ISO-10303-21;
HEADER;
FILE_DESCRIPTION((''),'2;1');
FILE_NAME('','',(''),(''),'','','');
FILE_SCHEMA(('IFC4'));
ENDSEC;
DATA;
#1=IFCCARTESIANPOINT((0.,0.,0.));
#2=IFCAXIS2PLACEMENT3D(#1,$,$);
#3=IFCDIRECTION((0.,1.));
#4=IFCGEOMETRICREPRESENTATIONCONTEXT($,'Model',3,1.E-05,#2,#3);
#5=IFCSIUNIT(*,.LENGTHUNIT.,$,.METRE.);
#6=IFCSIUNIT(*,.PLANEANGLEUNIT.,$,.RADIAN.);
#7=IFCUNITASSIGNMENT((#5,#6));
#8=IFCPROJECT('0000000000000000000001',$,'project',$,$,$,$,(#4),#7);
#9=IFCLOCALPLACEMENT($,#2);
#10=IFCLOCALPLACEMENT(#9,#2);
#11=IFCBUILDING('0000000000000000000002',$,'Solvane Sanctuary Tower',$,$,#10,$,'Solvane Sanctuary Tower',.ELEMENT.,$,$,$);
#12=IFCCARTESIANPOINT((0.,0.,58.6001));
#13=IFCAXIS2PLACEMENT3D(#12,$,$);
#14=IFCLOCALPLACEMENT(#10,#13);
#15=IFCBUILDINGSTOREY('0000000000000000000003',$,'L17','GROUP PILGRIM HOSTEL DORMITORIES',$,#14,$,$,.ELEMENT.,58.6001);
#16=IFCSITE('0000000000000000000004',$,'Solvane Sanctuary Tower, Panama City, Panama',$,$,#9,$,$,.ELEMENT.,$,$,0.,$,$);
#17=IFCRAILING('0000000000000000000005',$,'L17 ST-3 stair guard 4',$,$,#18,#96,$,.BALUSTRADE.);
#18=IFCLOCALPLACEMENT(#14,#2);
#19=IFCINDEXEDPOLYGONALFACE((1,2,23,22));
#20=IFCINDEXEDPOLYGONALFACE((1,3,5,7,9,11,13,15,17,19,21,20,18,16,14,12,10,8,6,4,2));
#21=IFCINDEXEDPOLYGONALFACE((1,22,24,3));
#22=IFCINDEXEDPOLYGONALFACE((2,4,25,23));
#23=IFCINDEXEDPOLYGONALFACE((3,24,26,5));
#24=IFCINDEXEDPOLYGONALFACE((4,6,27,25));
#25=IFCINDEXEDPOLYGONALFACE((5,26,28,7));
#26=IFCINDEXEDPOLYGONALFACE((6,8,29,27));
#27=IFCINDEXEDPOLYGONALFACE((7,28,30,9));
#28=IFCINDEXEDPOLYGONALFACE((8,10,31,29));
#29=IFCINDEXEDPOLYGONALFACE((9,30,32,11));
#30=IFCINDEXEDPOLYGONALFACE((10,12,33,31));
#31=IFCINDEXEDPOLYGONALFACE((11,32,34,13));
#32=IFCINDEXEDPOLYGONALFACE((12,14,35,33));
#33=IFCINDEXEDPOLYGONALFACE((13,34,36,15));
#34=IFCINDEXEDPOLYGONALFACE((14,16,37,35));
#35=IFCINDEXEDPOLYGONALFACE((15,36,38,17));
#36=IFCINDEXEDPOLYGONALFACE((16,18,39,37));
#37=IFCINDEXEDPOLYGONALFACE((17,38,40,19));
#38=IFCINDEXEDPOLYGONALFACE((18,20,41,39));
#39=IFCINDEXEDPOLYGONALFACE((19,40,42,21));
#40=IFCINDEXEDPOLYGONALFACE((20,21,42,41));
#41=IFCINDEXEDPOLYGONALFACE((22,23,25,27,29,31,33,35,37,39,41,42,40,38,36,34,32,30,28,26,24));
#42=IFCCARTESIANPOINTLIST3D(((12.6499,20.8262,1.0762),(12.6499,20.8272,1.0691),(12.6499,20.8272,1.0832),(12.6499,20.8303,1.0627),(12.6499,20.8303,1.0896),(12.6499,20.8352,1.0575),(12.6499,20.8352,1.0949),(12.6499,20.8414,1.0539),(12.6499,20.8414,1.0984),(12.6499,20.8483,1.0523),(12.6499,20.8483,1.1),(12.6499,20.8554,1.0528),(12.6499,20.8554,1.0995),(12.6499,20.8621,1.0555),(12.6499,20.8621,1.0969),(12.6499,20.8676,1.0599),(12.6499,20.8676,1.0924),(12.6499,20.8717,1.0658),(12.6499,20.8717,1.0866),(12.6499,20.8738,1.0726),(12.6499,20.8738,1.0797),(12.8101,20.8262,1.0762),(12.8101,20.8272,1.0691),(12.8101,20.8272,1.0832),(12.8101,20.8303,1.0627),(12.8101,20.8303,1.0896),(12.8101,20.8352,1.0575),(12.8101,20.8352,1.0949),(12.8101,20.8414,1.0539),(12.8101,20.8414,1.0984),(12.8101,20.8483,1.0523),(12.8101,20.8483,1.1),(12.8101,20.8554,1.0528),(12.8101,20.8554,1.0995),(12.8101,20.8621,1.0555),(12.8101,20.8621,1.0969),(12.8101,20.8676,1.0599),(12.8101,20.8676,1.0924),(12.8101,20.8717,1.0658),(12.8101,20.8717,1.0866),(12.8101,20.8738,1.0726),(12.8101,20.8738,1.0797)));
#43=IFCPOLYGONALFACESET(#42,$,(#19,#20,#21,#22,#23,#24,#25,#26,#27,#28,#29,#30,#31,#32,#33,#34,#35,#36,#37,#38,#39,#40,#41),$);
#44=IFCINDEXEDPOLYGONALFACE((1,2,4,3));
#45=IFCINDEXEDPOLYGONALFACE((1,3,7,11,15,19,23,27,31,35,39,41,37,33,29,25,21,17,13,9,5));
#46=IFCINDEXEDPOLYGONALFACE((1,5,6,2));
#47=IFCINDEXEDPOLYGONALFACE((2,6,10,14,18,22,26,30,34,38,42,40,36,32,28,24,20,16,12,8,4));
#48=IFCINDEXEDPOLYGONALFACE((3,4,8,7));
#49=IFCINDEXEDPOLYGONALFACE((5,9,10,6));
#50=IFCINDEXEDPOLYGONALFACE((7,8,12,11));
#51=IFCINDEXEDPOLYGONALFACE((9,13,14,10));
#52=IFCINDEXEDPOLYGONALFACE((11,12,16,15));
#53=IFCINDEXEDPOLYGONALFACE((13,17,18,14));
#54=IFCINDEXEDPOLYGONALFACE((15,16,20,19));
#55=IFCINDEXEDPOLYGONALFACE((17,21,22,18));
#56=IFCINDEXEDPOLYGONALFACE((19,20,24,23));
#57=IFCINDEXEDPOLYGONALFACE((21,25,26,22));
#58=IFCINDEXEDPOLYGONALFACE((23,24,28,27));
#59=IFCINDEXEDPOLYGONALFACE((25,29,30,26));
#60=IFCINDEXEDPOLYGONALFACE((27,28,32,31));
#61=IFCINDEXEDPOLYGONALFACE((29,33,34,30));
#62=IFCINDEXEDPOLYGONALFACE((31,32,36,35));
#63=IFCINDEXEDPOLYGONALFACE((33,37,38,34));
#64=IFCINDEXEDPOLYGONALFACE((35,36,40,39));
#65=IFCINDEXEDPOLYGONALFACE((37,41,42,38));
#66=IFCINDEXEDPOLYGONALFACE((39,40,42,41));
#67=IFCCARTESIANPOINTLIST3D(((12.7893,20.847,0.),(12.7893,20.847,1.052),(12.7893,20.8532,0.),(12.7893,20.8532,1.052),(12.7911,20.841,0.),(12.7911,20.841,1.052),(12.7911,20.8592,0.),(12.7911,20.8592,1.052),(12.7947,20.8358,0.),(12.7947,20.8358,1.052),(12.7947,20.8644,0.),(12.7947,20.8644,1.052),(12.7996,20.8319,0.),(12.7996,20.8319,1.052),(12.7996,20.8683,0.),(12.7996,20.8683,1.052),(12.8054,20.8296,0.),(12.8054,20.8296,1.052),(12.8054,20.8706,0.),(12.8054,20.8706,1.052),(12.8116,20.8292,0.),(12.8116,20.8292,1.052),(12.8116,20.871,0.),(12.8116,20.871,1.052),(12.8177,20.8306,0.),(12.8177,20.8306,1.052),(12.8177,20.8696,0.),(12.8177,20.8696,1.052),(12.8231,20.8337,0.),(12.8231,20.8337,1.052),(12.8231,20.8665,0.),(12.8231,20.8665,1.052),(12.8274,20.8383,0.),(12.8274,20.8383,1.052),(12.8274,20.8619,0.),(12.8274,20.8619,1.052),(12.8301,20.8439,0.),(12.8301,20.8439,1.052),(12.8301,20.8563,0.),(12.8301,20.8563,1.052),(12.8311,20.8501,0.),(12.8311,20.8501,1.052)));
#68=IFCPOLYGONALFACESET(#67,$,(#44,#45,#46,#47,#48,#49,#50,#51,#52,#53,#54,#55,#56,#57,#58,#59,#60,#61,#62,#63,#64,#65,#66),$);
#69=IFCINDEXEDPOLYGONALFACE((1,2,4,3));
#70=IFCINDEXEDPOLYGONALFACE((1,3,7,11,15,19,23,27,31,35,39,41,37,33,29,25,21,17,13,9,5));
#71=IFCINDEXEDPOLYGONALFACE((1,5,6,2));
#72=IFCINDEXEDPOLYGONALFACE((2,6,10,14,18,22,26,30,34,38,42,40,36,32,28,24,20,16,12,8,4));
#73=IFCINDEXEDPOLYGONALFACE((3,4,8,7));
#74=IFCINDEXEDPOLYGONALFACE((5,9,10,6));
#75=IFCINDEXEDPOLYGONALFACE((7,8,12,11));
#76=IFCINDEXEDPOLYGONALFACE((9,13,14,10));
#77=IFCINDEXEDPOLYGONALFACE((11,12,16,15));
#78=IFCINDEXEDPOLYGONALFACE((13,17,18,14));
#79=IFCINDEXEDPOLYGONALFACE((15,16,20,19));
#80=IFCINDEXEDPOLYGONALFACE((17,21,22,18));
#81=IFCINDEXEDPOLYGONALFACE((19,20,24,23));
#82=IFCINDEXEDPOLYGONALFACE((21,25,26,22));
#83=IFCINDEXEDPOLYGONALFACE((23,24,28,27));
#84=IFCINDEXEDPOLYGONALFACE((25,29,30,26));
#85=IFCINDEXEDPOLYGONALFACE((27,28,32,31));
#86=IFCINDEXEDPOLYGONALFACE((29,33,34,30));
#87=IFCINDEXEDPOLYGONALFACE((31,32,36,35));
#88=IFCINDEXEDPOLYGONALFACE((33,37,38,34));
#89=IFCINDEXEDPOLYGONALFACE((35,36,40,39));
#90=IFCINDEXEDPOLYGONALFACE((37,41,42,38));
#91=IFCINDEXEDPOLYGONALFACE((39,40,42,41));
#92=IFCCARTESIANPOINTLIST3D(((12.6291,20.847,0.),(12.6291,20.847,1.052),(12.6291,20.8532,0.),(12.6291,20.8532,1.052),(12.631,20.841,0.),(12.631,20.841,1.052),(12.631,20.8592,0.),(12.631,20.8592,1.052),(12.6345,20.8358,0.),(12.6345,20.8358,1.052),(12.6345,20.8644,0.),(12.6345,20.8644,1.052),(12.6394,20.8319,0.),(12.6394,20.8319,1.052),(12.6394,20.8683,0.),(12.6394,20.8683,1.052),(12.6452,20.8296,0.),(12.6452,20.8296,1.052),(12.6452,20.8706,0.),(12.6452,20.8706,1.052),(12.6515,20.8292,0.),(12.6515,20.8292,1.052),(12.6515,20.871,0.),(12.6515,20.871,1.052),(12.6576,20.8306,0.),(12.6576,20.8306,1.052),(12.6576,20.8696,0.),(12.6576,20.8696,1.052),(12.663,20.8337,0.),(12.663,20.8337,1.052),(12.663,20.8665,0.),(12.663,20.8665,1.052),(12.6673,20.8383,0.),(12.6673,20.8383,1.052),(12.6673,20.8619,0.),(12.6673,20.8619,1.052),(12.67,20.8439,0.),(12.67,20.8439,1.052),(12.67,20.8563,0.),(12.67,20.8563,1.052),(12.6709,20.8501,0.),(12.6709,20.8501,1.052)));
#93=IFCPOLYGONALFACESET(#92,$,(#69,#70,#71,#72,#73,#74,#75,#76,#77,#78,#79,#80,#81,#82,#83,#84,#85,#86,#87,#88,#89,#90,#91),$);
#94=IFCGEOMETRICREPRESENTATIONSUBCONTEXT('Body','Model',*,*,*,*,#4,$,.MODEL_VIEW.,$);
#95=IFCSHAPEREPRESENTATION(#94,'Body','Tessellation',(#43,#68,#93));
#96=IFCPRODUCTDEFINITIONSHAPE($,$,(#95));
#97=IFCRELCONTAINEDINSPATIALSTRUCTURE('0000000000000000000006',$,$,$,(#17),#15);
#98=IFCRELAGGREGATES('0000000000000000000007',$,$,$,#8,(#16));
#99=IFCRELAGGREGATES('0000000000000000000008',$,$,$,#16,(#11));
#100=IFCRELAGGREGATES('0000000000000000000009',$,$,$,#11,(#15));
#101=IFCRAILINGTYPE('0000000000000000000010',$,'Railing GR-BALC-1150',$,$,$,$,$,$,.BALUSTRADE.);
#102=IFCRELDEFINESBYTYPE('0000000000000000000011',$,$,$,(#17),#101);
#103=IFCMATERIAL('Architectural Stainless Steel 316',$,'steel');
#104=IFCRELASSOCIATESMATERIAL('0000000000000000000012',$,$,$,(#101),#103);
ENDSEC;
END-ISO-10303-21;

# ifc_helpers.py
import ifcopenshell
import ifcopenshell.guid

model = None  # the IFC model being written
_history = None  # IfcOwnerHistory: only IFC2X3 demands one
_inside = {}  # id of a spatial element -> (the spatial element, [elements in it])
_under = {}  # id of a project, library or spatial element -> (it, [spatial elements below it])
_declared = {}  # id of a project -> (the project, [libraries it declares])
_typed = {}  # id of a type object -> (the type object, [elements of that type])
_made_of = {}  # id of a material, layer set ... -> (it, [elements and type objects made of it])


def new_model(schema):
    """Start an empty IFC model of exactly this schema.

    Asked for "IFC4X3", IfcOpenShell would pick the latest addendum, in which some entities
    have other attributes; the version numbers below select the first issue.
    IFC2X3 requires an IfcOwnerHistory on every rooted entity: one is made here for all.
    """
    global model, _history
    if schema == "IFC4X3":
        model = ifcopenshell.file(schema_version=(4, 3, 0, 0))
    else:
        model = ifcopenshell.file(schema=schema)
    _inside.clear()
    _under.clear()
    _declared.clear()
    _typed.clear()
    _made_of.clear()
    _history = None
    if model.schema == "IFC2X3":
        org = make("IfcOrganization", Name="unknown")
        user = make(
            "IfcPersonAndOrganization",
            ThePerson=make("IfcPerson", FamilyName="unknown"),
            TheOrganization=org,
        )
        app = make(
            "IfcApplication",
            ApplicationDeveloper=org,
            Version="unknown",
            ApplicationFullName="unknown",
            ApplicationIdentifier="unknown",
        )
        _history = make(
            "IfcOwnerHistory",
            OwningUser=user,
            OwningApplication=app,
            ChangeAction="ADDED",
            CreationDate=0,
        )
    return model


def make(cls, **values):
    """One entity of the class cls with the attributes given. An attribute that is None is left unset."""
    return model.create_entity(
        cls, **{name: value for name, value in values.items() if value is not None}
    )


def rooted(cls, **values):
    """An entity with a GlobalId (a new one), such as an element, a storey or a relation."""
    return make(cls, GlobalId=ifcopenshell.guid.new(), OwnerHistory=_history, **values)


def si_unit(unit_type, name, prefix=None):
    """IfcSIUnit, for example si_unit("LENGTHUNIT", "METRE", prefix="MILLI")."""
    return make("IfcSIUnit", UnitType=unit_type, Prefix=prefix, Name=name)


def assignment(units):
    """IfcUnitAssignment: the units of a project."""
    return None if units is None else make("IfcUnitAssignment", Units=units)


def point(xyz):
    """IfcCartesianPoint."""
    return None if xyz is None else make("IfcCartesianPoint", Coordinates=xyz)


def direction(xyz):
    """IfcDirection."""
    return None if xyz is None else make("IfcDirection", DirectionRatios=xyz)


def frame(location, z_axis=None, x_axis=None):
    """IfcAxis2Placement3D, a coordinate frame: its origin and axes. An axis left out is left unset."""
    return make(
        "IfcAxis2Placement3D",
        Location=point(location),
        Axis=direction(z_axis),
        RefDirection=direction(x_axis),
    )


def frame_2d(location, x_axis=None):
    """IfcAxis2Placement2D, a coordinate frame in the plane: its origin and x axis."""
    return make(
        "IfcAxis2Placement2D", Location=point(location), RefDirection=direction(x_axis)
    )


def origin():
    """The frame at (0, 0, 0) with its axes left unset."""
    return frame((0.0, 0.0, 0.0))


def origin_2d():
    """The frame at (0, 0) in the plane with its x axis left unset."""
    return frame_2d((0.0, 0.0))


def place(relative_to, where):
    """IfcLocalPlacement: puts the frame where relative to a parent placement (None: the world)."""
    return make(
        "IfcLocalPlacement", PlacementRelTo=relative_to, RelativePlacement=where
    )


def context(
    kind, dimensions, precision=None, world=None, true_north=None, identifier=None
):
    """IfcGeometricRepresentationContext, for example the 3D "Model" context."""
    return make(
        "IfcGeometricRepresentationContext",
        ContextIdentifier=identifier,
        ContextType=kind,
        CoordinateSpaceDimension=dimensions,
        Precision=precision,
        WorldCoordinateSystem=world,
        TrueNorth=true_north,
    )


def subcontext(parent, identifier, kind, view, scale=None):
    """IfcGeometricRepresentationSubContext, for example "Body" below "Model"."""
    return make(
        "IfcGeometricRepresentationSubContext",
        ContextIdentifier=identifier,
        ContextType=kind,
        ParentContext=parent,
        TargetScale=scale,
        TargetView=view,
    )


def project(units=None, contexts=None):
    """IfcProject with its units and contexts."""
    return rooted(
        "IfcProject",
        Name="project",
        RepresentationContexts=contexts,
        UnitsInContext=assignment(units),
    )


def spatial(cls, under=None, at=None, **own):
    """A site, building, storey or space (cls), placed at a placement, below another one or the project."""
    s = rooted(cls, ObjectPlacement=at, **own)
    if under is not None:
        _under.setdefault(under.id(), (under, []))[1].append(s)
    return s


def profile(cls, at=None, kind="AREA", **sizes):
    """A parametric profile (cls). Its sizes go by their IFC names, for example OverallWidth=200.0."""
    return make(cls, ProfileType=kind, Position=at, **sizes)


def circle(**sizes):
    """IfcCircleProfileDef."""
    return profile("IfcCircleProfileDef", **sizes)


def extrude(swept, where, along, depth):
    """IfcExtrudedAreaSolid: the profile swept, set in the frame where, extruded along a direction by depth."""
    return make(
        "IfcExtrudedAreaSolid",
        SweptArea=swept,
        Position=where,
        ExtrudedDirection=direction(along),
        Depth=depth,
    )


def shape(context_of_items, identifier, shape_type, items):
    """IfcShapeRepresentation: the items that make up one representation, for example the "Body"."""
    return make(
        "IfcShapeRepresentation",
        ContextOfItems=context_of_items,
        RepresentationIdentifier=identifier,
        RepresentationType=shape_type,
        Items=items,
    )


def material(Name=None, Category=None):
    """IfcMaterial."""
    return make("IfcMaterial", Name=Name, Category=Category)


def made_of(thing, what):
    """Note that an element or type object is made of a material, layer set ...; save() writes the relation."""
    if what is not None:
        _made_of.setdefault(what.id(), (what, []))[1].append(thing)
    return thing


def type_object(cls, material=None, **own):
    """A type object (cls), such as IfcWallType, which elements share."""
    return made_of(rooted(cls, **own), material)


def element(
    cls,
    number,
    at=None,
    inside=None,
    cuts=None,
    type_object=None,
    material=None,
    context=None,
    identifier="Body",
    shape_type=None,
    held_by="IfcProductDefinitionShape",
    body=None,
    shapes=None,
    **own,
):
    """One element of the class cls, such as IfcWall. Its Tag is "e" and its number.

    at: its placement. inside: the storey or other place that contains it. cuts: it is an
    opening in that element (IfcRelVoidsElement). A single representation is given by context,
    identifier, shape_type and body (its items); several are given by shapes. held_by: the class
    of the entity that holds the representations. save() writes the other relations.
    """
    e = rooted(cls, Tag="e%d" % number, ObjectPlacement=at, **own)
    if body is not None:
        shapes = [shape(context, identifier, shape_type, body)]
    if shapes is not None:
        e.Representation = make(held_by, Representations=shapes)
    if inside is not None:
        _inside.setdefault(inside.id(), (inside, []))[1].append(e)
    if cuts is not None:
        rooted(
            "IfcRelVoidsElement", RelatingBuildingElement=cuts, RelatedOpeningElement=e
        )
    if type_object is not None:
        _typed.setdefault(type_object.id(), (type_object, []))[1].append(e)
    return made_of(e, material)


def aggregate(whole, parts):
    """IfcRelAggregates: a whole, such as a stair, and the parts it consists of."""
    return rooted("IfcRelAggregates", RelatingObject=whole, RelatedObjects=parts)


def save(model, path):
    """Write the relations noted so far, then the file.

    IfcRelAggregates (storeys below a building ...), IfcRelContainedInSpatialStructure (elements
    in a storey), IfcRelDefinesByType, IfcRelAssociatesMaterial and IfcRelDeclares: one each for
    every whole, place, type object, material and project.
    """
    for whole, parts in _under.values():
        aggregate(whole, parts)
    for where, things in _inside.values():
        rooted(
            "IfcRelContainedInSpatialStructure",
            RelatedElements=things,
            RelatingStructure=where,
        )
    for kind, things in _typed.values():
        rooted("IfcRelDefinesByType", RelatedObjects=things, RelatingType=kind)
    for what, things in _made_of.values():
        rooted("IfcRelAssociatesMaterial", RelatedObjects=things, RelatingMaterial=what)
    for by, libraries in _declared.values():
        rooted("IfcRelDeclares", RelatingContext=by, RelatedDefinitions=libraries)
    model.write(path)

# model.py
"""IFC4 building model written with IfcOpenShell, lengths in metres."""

from ifc_helpers import new_model, si_unit, direction, frame, origin, origin_2d, place, context, subcontext, project, spatial, circle, extrude, material, type_object, element, save


model = new_model("IFC4")

# Units and contexts
model_context = context("Model", 3, precision=1e-05, world=origin(), true_north=direction((0.0, 1.0)))
body_context = subcontext(model_context, "Body", "Model", "MODEL_VIEW")
ifc_project = project(units=[si_unit("LENGTHUNIT", "METRE"), si_unit("PLANEANGLEUNIT", "RADIAN")], contexts=[model_context])

# Site, building, storey
site_placement = place(None, origin())
site = spatial("IfcSite", under=ifc_project, at=site_placement, Name="Solvane Sanctuary Tower, Panama City, Panama", CompositionType="ELEMENT", RefElevation=0.0)
building_placement = place(site_placement, origin())
building = spatial("IfcBuilding", under=site, at=building_placement, Name="Solvane Sanctuary Tower", LongName="Solvane Sanctuary Tower", CompositionType="ELEMENT")
storey_placement = place(building_placement, frame((0.0, 0.0, 58.6001)))
storey = spatial("IfcBuildingStorey", under=building, at=storey_placement, Name="L17", Description="GROUP PILGRIM HOSTEL DORMITORIES", CompositionType="ELEMENT", Elevation=58.6001)

# Railing
ifc_material_1 = material(Name="Architectural Stainless Steel 316", Category="steel")
railing_type_1 = type_object("IfcRailingType", Name="Railing GR-BALC-1150", PredefinedType="BALUSTRADE", material=ifc_material_1)
railing_1_placement = place(storey_placement, frame((12.8101, 20.8501, 0.0)))
element("IfcRailing", 1, at=railing_1_placement, inside=storey, type_object=railing_type_1, Name="L17 ST-3 stair guard 4", PredefinedType="BALUSTRADE", context=body_context, shape_type="SweptSolid", body=[
    extrude(circle(Radius=0.0239, at=origin_2d()), frame((0.0, 0.0, 1.0762), z_axis=(-1.0, 0.0, 0.0), x_axis=(0.0, -1.0, 0.0)), (0.0, 0.0, 1.0), 0.1602),
    extrude(circle(Radius=0.021, at=origin_2d()), origin(), (0.0, 0.0, 1.0), 1.052),
    extrude(circle(Radius=0.021, at=origin_2d()), frame((-0.1602, 0.0, 0.0)), (0.0, 0.0, 1.0), 1.052),
])

save(model, "model.ifc")
